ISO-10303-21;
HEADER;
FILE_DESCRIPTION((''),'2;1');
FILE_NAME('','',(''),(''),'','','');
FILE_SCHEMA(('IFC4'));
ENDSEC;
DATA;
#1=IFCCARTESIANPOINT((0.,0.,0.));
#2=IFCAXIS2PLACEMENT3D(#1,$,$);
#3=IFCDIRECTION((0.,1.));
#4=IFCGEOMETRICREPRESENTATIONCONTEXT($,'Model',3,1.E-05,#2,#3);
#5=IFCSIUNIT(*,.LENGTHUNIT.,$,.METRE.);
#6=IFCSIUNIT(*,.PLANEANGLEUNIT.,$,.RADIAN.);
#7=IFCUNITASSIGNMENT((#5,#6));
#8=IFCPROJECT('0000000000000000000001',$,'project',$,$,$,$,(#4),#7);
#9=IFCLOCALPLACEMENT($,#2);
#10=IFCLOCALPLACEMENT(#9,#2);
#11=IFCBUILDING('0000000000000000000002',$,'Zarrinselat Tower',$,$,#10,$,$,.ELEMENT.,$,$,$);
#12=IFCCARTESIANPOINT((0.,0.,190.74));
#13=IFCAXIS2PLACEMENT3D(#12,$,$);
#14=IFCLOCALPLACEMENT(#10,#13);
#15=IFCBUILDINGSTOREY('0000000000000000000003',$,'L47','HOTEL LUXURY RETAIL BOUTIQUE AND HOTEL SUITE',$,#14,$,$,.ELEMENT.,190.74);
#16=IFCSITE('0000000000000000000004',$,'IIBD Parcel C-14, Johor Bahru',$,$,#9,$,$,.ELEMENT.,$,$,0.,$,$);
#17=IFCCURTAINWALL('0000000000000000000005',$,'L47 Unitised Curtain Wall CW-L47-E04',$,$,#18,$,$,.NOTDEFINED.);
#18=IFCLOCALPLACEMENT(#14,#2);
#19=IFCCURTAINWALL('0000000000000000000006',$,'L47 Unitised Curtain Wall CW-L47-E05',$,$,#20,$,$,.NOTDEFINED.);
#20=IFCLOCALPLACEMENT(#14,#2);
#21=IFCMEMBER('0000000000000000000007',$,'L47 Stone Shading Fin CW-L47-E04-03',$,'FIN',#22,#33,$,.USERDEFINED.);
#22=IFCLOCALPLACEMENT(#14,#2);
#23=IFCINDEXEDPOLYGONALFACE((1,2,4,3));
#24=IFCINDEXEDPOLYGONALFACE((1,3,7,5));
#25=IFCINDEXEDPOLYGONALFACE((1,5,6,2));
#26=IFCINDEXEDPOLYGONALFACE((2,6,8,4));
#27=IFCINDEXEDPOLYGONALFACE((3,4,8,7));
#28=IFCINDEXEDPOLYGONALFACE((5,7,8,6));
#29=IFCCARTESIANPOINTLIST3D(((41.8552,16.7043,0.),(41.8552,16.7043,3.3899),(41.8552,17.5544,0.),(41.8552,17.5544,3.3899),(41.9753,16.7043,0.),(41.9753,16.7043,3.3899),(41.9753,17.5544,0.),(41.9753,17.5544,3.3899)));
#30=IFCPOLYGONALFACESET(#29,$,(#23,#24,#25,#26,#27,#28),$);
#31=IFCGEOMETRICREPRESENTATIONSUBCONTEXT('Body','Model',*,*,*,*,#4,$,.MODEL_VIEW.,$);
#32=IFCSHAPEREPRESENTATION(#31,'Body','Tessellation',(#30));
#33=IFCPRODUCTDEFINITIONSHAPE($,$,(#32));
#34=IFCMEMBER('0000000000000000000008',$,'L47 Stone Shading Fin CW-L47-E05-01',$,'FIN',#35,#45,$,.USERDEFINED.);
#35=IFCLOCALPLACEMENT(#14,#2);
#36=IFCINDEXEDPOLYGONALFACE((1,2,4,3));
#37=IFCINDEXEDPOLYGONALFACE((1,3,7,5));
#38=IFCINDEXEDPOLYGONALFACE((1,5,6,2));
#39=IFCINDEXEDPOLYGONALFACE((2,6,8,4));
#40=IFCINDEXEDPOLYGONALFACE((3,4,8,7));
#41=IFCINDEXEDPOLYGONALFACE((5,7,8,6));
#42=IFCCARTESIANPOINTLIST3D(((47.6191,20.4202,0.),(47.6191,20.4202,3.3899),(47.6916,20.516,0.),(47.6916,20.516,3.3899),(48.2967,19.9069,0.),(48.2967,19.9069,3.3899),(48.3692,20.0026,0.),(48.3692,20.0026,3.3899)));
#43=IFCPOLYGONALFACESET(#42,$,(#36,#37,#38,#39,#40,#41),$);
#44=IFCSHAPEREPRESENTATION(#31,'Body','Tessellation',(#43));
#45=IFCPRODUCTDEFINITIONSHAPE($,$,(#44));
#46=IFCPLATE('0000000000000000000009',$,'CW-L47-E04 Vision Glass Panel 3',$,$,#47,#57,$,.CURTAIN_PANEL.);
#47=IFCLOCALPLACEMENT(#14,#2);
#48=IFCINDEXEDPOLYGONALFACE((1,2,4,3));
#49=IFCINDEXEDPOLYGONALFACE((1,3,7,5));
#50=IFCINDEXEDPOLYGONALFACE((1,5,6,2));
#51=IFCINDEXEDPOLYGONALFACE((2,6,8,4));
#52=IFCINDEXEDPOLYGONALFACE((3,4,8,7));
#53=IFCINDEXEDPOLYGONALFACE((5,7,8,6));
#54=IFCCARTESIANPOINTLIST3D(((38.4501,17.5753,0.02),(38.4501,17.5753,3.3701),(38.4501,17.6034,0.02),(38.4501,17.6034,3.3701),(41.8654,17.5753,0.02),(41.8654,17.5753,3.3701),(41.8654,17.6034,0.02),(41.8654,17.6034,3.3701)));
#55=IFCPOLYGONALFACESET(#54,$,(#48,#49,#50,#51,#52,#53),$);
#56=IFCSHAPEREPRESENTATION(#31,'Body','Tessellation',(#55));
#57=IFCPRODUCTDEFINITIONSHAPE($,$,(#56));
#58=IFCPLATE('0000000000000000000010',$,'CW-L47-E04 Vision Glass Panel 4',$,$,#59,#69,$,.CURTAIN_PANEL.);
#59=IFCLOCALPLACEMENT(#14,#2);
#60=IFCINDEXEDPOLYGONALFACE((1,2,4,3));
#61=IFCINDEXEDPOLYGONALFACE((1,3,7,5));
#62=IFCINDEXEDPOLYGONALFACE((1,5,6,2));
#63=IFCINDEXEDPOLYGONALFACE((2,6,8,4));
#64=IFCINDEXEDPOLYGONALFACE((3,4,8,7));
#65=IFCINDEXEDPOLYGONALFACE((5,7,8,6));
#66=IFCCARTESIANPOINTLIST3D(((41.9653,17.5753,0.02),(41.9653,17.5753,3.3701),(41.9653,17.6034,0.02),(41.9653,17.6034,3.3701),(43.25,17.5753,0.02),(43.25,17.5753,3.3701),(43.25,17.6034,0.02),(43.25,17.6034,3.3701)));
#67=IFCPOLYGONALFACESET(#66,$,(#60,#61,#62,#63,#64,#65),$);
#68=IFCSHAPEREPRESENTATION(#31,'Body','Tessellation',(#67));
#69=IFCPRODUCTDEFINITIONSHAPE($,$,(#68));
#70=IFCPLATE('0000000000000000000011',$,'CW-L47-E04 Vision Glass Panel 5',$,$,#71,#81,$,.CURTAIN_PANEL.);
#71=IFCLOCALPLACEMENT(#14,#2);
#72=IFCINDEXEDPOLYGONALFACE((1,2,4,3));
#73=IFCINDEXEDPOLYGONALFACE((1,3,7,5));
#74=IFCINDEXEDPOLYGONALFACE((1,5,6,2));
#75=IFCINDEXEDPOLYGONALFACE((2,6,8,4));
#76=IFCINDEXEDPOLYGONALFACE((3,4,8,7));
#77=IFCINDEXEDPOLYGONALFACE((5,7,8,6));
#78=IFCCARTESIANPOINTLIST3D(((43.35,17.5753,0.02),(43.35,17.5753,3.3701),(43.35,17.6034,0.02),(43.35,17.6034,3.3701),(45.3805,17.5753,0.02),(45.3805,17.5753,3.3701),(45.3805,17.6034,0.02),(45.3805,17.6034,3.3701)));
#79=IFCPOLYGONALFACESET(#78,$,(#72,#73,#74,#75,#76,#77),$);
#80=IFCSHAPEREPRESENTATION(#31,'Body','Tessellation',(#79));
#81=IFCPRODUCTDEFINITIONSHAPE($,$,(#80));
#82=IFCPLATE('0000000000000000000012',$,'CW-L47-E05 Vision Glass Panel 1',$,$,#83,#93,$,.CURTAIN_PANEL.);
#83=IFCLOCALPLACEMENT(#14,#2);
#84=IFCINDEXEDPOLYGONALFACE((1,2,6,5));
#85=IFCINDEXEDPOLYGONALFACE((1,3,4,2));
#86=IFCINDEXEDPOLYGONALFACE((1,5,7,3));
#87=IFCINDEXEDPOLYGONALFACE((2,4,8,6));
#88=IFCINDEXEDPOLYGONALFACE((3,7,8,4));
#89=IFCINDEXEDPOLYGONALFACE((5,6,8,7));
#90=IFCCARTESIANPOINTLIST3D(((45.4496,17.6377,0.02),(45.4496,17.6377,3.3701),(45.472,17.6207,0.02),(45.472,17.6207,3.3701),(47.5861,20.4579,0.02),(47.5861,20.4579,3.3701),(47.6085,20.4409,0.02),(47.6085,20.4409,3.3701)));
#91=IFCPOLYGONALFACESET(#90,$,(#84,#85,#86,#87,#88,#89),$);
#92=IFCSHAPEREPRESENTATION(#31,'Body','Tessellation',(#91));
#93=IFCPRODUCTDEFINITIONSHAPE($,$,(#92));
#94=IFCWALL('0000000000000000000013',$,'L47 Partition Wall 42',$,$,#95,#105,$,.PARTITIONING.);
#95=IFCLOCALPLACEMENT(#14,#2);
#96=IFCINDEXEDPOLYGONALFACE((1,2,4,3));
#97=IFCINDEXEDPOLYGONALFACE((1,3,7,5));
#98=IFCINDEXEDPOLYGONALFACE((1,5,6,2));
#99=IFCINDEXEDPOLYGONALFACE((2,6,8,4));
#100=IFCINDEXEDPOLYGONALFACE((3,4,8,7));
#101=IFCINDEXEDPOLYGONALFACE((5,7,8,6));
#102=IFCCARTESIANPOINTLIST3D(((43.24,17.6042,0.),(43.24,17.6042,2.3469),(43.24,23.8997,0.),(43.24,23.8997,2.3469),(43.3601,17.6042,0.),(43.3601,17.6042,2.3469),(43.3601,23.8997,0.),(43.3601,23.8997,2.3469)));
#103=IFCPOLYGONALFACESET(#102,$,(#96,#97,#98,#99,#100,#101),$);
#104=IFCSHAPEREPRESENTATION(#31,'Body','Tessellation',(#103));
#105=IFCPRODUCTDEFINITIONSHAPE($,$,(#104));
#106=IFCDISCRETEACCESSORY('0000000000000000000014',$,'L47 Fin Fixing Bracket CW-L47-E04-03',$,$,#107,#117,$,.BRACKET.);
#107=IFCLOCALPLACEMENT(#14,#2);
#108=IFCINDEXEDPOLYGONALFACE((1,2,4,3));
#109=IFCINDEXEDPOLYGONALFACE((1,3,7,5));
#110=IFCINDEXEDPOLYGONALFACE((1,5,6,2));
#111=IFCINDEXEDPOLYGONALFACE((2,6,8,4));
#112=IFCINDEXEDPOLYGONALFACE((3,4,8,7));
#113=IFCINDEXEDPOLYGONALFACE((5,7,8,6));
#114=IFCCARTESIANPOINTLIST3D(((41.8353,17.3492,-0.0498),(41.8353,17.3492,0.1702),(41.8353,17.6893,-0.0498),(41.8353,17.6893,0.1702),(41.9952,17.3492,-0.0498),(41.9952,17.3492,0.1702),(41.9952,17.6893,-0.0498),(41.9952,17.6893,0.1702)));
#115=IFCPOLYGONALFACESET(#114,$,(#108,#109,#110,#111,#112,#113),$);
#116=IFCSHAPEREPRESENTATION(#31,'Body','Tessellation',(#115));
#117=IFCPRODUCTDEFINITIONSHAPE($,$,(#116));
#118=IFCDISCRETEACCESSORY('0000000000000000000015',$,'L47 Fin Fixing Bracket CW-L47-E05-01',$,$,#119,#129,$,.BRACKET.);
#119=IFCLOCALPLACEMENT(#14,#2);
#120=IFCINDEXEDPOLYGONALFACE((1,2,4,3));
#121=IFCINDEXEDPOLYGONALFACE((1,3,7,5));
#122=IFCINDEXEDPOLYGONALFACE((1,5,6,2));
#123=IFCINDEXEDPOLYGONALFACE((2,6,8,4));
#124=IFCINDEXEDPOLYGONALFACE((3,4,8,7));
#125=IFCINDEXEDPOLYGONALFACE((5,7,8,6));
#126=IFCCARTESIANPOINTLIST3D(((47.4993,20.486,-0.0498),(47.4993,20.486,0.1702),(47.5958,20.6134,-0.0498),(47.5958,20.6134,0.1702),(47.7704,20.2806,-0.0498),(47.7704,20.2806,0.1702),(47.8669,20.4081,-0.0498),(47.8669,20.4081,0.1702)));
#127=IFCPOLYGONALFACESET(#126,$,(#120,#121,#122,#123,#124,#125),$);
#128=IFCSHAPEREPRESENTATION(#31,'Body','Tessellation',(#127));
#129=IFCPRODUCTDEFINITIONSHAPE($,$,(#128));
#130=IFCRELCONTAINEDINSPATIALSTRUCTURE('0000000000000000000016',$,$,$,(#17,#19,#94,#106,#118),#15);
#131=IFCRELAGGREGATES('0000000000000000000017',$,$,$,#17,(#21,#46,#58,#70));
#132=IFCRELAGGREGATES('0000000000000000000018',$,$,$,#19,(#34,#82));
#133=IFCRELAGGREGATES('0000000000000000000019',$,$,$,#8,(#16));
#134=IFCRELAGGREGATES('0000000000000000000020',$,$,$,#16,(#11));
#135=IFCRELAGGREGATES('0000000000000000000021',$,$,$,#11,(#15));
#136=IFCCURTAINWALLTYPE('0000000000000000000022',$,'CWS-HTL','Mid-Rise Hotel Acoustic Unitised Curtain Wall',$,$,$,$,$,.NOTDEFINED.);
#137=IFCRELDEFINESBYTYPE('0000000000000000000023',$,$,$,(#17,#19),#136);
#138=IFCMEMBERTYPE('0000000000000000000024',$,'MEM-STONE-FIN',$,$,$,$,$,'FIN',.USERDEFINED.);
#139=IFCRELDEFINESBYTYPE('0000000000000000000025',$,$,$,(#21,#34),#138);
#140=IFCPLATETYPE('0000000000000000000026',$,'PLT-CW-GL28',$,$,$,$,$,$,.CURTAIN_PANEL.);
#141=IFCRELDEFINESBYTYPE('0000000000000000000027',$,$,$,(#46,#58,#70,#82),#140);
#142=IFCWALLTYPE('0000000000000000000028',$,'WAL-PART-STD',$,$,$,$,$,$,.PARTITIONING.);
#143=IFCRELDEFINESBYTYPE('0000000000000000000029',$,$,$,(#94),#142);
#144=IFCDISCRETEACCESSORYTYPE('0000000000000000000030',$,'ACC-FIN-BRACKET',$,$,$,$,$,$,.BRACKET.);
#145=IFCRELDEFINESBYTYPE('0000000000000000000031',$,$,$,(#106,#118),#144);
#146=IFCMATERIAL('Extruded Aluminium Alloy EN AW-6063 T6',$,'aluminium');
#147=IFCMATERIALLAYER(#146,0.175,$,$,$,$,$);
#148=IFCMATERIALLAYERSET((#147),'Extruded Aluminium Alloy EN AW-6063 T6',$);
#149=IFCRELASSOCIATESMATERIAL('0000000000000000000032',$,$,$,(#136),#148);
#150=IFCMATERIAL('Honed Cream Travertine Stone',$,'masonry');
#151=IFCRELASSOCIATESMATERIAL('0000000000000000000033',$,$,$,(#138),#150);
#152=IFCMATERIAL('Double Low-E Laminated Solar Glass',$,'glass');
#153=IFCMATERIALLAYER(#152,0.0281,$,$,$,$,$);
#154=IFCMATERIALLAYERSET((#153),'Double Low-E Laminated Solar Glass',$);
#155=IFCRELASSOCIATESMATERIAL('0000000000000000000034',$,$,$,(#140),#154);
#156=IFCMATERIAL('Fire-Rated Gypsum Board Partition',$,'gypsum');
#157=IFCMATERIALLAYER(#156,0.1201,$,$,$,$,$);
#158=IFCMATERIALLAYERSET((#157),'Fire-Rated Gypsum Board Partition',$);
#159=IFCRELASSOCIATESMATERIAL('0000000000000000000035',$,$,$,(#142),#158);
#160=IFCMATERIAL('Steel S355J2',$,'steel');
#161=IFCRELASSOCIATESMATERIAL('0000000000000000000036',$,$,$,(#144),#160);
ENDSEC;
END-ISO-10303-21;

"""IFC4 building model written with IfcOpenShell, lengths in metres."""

from ifc_helpers import new_model, si_unit, direction, frame, frame_2d, origin, origin_2d, place, context, subcontext, project, spatial, rectangle, extrude, material, layer, layer_set, material_profile, profile_set, type_object, element, aggregate, save


model = new_model("IFC4")

# Units and contexts
model_context = context("Model", 3, precision=1e-05, world=origin(), true_north=direction((0.0, 1.0)))
body_context = subcontext(model_context, "Body", "Model", "MODEL_VIEW")
ifc_project = project(units=[si_unit("LENGTHUNIT", "METRE"), si_unit("PLANEANGLEUNIT", "RADIAN")], contexts=[model_context])

# Site, building, storey
site_placement = place(None, origin())
site = spatial("IfcSite", under=ifc_project, at=site_placement, Name="IIBD Parcel C-14, Johor Bahru", CompositionType="ELEMENT", RefElevation=0.0)
building_placement = place(site_placement, origin())
building = spatial("IfcBuilding", under=site, at=building_placement, Name="Zarrinselat Tower", CompositionType="ELEMENT")
storey_placement = place(building_placement, frame((0.0, 0.0, 190.74)))
storey = spatial("IfcBuildingStorey", under=building, at=storey_placement, Name="L47", Description="HOTEL LUXURY RETAIL BOUTIQUE AND HOTEL SUITE", CompositionType="ELEMENT", Elevation=190.74)

# Curtain walls
ifc_material_1 = material(Name="Extruded Aluminium Alloy EN AW-6063 T6", Category="aluminium")
ifc_layer_1 = layer(ifc_material_1, 0.175)
ifc_layer_set_1 = layer_set([ifc_layer_1], Name="Extruded Aluminium Alloy EN AW-6063 T6")
curtain_wall_type = type_object("IfcCurtainWallType", Name="CWS-HTL", Description="Mid-Rise Hotel Acoustic Unitised Curtain Wall", PredefinedType="NOTDEFINED", material=ifc_layer_set_1)
curtain_wall_1_placement = place(storey_placement, origin())
curtain_wall_1 = element("IfcCurtainWall", 1, at=curtain_wall_1_placement, inside=storey, type_object=curtain_wall_type, Name="L47 Unitised Curtain Wall CW-L47-E04", PredefinedType="NOTDEFINED")
curtain_wall_2_placement = place(storey_placement, origin())
curtain_wall_2 = element("IfcCurtainWall", 2, at=curtain_wall_2_placement, inside=storey, type_object=curtain_wall_type, Name="L47 Unitised Curtain Wall CW-L47-E05", PredefinedType="NOTDEFINED")

# Members
ifc_material_2 = material(Name="Honed Cream Travertine Stone", Category="masonry")
ifc_material_profile_1 = material_profile(ifc_material_2, rectangle(XDim=0.1201, YDim=0.8501, at=origin_2d()), Name="FIN 850x120")
ifc_profile_set_1 = profile_set([ifc_material_profile_1], Name="Honed Cream Travertine Stone")
member_type_1 = type_object("IfcMemberType", Name="MEM-STONE-FIN", ElementType="FIN", PredefinedType="USERDEFINED", material=ifc_profile_set_1)
member_1_placement = place(storey_placement, frame((41.9153, 17.1294, 0.0), z_axis=(0.0, 0.0, 1.0), x_axis=(-1.0, 0.0, 0.0)))
member_1 = element("IfcMember", 3, at=member_1_placement, type_object=member_type_1, Name="L47 Stone Shading Fin CW-L47-E04-03", ObjectType="FIN", PredefinedType="USERDEFINED", context=body_context, shape_type="SweptSolid", body=[
    extrude(rectangle(XDim=0.1201, YDim=0.8501, at=origin_2d()), origin(), (0.0, 0.0, 1.0), 3.3899),
])
member_2_placement = place(storey_placement, frame((47.9941, 20.2114, 0.0), z_axis=(0.0, 0.0, 1.0), x_axis=(-0.603857, -0.797093, 0.0)))
member_2 = element("IfcMember", 4, at=member_2_placement, type_object=member_type_1, Name="L47 Stone Shading Fin CW-L47-E05-01", ObjectType="FIN", PredefinedType="USERDEFINED", context=body_context, shape_type="SweptSolid", body=[
    extrude(rectangle(XDim=0.1201, YDim=0.8501, at=origin_2d()), origin(), (0.0, 0.0, 1.0), 3.3899),
])

# Plates
ifc_material_3 = material(Name="Double Low-E Laminated Solar Glass", Category="glass")
ifc_layer_2 = layer(ifc_material_3, 0.0281)
ifc_layer_set_2 = layer_set([ifc_layer_2], Name="Double Low-E Laminated Solar Glass")
plate_type = type_object("IfcPlateType", Name="PLT-CW-GL28", PredefinedType="CURTAIN_PANEL", material=ifc_layer_set_2)
plate_1_placement = place(storey_placement, frame((40.1577, 17.5894, 0.02), z_axis=(0.0, 0.0, 1.0), x_axis=(1.0, 0.0, 0.0)))
plate_1 = element("IfcPlate", 5, at=plate_1_placement, type_object=plate_type, Name="CW-L47-E04 Vision Glass Panel 3", PredefinedType="CURTAIN_PANEL", context=body_context, shape_type="SweptSolid", body=[
    extrude(rectangle(XDim=3.4153, YDim=0.0281, at=origin_2d()), origin(), (0.0, 0.0, 1.0), 3.3501),
])
plate_2_placement = place(storey_placement, frame((42.6077, 17.5894, 0.02), z_axis=(0.0, 0.0, 1.0), x_axis=(1.0, 0.0, 0.0)))
plate_2 = element("IfcPlate", 6, at=plate_2_placement, type_object=plate_type, Name="CW-L47-E04 Vision Glass Panel 4", PredefinedType="CURTAIN_PANEL", context=body_context, shape_type="SweptSolid", body=[
    extrude(rectangle(XDim=1.2847, YDim=0.0281, at=origin_2d()), origin(), (0.0, 0.0, 1.0), 3.3501),
])
plate_3_placement = place(storey_placement, frame((44.3652, 17.5894, 0.02), z_axis=(0.0, 0.0, 1.0), x_axis=(1.0, 0.0, 0.0)))
plate_3 = element("IfcPlate", 7, at=plate_3_placement, type_object=plate_type, Name="CW-L47-E04 Vision Glass Panel 5", PredefinedType="CURTAIN_PANEL", context=body_context, shape_type="SweptSolid", body=[
    extrude(rectangle(XDim=2.0305, YDim=0.0281, at=origin_2d()), origin(), (0.0, 0.0, 1.0), 3.3501),
])
aggregate(curtain_wall_1, [member_1, plate_1, plate_2, plate_3])
plate_4_placement = place(storey_placement, frame((46.5291, 19.0393, 0.02), z_axis=(0.0, 0.0, 1.0), x_axis=(0.603857, 0.797093, 0.0)))
plate_4 = element("IfcPlate", 8, at=plate_4_placement, type_object=plate_type, Name="CW-L47-E05 Vision Glass Panel 1", PredefinedType="CURTAIN_PANEL", context=body_context, shape_type="SweptSolid", body=[
    extrude(rectangle(XDim=3.5381, YDim=0.0281, at=origin_2d()), origin(), (0.0, 0.0, 1.0), 3.3501),
])
aggregate(curtain_wall_2, [member_2, plate_4])

# Wall
ifc_material_4 = material(Name="Fire-Rated Gypsum Board Partition", Category="gypsum")
ifc_layer_3 = layer(ifc_material_4, 0.1201)
ifc_layer_set_3 = layer_set([ifc_layer_3], Name="Fire-Rated Gypsum Board Partition")
wall_type = type_object("IfcWallType", Name="WAL-PART-STD", PredefinedType="PARTITIONING", material=ifc_layer_set_3)
wall_placement = place(storey_placement, frame((43.3, 17.6042, 0.0), z_axis=(0.0, 0.0, 1.0), x_axis=(0.0, 1.0, 0.0)))
element("IfcWall", 9, at=wall_placement, inside=storey, type_object=wall_type, Name="L47 Partition Wall 42", PredefinedType="PARTITIONING", context=body_context, shape_type="SweptSolid", body=[
    extrude(rectangle(XDim=6.2954, YDim=0.1201, at=frame_2d((3.1477, 0.0))), origin(), (0.0, 0.0, 1.0), 2.3469),
])

# Discrete accessories
ifc_material_5 = material(Name="Steel S355J2", Category="steel")
discrete_accessory_type = type_object("IfcDiscreteAccessoryType", Name="ACC-FIN-BRACKET", PredefinedType="BRACKET", material=ifc_material_5)
for number, where, z_axis, x_axis, name in (
    (10, (41.9153, 17.5193, -0.0498), (0.0, 0.0, 1.0), (0.0, -1.0, 0.0), "L47 Fin Fixing Bracket CW-L47-E04-03"),
    (11, (47.6831, 20.447, -0.0498), (0.0, 0.0, 1.0), (0.797093, -0.603857, 0.0), "L47 Fin Fixing Bracket CW-L47-E05-01"),
):
    element("IfcDiscreteAccessory", number, at=place(storey_placement, frame(where, z_axis=z_axis, x_axis=x_axis)), inside=storey, type_object=discrete_accessory_type, Name=name, PredefinedType="BRACKET", context=body_context, shape_type="SweptSolid", body=[
        extrude(rectangle(XDim=0.3401, YDim=0.1599, at=origin_2d()), origin(), (0.0, 0.0, 1.0), 0.22),
    ])

save(model, "model.ifc")
